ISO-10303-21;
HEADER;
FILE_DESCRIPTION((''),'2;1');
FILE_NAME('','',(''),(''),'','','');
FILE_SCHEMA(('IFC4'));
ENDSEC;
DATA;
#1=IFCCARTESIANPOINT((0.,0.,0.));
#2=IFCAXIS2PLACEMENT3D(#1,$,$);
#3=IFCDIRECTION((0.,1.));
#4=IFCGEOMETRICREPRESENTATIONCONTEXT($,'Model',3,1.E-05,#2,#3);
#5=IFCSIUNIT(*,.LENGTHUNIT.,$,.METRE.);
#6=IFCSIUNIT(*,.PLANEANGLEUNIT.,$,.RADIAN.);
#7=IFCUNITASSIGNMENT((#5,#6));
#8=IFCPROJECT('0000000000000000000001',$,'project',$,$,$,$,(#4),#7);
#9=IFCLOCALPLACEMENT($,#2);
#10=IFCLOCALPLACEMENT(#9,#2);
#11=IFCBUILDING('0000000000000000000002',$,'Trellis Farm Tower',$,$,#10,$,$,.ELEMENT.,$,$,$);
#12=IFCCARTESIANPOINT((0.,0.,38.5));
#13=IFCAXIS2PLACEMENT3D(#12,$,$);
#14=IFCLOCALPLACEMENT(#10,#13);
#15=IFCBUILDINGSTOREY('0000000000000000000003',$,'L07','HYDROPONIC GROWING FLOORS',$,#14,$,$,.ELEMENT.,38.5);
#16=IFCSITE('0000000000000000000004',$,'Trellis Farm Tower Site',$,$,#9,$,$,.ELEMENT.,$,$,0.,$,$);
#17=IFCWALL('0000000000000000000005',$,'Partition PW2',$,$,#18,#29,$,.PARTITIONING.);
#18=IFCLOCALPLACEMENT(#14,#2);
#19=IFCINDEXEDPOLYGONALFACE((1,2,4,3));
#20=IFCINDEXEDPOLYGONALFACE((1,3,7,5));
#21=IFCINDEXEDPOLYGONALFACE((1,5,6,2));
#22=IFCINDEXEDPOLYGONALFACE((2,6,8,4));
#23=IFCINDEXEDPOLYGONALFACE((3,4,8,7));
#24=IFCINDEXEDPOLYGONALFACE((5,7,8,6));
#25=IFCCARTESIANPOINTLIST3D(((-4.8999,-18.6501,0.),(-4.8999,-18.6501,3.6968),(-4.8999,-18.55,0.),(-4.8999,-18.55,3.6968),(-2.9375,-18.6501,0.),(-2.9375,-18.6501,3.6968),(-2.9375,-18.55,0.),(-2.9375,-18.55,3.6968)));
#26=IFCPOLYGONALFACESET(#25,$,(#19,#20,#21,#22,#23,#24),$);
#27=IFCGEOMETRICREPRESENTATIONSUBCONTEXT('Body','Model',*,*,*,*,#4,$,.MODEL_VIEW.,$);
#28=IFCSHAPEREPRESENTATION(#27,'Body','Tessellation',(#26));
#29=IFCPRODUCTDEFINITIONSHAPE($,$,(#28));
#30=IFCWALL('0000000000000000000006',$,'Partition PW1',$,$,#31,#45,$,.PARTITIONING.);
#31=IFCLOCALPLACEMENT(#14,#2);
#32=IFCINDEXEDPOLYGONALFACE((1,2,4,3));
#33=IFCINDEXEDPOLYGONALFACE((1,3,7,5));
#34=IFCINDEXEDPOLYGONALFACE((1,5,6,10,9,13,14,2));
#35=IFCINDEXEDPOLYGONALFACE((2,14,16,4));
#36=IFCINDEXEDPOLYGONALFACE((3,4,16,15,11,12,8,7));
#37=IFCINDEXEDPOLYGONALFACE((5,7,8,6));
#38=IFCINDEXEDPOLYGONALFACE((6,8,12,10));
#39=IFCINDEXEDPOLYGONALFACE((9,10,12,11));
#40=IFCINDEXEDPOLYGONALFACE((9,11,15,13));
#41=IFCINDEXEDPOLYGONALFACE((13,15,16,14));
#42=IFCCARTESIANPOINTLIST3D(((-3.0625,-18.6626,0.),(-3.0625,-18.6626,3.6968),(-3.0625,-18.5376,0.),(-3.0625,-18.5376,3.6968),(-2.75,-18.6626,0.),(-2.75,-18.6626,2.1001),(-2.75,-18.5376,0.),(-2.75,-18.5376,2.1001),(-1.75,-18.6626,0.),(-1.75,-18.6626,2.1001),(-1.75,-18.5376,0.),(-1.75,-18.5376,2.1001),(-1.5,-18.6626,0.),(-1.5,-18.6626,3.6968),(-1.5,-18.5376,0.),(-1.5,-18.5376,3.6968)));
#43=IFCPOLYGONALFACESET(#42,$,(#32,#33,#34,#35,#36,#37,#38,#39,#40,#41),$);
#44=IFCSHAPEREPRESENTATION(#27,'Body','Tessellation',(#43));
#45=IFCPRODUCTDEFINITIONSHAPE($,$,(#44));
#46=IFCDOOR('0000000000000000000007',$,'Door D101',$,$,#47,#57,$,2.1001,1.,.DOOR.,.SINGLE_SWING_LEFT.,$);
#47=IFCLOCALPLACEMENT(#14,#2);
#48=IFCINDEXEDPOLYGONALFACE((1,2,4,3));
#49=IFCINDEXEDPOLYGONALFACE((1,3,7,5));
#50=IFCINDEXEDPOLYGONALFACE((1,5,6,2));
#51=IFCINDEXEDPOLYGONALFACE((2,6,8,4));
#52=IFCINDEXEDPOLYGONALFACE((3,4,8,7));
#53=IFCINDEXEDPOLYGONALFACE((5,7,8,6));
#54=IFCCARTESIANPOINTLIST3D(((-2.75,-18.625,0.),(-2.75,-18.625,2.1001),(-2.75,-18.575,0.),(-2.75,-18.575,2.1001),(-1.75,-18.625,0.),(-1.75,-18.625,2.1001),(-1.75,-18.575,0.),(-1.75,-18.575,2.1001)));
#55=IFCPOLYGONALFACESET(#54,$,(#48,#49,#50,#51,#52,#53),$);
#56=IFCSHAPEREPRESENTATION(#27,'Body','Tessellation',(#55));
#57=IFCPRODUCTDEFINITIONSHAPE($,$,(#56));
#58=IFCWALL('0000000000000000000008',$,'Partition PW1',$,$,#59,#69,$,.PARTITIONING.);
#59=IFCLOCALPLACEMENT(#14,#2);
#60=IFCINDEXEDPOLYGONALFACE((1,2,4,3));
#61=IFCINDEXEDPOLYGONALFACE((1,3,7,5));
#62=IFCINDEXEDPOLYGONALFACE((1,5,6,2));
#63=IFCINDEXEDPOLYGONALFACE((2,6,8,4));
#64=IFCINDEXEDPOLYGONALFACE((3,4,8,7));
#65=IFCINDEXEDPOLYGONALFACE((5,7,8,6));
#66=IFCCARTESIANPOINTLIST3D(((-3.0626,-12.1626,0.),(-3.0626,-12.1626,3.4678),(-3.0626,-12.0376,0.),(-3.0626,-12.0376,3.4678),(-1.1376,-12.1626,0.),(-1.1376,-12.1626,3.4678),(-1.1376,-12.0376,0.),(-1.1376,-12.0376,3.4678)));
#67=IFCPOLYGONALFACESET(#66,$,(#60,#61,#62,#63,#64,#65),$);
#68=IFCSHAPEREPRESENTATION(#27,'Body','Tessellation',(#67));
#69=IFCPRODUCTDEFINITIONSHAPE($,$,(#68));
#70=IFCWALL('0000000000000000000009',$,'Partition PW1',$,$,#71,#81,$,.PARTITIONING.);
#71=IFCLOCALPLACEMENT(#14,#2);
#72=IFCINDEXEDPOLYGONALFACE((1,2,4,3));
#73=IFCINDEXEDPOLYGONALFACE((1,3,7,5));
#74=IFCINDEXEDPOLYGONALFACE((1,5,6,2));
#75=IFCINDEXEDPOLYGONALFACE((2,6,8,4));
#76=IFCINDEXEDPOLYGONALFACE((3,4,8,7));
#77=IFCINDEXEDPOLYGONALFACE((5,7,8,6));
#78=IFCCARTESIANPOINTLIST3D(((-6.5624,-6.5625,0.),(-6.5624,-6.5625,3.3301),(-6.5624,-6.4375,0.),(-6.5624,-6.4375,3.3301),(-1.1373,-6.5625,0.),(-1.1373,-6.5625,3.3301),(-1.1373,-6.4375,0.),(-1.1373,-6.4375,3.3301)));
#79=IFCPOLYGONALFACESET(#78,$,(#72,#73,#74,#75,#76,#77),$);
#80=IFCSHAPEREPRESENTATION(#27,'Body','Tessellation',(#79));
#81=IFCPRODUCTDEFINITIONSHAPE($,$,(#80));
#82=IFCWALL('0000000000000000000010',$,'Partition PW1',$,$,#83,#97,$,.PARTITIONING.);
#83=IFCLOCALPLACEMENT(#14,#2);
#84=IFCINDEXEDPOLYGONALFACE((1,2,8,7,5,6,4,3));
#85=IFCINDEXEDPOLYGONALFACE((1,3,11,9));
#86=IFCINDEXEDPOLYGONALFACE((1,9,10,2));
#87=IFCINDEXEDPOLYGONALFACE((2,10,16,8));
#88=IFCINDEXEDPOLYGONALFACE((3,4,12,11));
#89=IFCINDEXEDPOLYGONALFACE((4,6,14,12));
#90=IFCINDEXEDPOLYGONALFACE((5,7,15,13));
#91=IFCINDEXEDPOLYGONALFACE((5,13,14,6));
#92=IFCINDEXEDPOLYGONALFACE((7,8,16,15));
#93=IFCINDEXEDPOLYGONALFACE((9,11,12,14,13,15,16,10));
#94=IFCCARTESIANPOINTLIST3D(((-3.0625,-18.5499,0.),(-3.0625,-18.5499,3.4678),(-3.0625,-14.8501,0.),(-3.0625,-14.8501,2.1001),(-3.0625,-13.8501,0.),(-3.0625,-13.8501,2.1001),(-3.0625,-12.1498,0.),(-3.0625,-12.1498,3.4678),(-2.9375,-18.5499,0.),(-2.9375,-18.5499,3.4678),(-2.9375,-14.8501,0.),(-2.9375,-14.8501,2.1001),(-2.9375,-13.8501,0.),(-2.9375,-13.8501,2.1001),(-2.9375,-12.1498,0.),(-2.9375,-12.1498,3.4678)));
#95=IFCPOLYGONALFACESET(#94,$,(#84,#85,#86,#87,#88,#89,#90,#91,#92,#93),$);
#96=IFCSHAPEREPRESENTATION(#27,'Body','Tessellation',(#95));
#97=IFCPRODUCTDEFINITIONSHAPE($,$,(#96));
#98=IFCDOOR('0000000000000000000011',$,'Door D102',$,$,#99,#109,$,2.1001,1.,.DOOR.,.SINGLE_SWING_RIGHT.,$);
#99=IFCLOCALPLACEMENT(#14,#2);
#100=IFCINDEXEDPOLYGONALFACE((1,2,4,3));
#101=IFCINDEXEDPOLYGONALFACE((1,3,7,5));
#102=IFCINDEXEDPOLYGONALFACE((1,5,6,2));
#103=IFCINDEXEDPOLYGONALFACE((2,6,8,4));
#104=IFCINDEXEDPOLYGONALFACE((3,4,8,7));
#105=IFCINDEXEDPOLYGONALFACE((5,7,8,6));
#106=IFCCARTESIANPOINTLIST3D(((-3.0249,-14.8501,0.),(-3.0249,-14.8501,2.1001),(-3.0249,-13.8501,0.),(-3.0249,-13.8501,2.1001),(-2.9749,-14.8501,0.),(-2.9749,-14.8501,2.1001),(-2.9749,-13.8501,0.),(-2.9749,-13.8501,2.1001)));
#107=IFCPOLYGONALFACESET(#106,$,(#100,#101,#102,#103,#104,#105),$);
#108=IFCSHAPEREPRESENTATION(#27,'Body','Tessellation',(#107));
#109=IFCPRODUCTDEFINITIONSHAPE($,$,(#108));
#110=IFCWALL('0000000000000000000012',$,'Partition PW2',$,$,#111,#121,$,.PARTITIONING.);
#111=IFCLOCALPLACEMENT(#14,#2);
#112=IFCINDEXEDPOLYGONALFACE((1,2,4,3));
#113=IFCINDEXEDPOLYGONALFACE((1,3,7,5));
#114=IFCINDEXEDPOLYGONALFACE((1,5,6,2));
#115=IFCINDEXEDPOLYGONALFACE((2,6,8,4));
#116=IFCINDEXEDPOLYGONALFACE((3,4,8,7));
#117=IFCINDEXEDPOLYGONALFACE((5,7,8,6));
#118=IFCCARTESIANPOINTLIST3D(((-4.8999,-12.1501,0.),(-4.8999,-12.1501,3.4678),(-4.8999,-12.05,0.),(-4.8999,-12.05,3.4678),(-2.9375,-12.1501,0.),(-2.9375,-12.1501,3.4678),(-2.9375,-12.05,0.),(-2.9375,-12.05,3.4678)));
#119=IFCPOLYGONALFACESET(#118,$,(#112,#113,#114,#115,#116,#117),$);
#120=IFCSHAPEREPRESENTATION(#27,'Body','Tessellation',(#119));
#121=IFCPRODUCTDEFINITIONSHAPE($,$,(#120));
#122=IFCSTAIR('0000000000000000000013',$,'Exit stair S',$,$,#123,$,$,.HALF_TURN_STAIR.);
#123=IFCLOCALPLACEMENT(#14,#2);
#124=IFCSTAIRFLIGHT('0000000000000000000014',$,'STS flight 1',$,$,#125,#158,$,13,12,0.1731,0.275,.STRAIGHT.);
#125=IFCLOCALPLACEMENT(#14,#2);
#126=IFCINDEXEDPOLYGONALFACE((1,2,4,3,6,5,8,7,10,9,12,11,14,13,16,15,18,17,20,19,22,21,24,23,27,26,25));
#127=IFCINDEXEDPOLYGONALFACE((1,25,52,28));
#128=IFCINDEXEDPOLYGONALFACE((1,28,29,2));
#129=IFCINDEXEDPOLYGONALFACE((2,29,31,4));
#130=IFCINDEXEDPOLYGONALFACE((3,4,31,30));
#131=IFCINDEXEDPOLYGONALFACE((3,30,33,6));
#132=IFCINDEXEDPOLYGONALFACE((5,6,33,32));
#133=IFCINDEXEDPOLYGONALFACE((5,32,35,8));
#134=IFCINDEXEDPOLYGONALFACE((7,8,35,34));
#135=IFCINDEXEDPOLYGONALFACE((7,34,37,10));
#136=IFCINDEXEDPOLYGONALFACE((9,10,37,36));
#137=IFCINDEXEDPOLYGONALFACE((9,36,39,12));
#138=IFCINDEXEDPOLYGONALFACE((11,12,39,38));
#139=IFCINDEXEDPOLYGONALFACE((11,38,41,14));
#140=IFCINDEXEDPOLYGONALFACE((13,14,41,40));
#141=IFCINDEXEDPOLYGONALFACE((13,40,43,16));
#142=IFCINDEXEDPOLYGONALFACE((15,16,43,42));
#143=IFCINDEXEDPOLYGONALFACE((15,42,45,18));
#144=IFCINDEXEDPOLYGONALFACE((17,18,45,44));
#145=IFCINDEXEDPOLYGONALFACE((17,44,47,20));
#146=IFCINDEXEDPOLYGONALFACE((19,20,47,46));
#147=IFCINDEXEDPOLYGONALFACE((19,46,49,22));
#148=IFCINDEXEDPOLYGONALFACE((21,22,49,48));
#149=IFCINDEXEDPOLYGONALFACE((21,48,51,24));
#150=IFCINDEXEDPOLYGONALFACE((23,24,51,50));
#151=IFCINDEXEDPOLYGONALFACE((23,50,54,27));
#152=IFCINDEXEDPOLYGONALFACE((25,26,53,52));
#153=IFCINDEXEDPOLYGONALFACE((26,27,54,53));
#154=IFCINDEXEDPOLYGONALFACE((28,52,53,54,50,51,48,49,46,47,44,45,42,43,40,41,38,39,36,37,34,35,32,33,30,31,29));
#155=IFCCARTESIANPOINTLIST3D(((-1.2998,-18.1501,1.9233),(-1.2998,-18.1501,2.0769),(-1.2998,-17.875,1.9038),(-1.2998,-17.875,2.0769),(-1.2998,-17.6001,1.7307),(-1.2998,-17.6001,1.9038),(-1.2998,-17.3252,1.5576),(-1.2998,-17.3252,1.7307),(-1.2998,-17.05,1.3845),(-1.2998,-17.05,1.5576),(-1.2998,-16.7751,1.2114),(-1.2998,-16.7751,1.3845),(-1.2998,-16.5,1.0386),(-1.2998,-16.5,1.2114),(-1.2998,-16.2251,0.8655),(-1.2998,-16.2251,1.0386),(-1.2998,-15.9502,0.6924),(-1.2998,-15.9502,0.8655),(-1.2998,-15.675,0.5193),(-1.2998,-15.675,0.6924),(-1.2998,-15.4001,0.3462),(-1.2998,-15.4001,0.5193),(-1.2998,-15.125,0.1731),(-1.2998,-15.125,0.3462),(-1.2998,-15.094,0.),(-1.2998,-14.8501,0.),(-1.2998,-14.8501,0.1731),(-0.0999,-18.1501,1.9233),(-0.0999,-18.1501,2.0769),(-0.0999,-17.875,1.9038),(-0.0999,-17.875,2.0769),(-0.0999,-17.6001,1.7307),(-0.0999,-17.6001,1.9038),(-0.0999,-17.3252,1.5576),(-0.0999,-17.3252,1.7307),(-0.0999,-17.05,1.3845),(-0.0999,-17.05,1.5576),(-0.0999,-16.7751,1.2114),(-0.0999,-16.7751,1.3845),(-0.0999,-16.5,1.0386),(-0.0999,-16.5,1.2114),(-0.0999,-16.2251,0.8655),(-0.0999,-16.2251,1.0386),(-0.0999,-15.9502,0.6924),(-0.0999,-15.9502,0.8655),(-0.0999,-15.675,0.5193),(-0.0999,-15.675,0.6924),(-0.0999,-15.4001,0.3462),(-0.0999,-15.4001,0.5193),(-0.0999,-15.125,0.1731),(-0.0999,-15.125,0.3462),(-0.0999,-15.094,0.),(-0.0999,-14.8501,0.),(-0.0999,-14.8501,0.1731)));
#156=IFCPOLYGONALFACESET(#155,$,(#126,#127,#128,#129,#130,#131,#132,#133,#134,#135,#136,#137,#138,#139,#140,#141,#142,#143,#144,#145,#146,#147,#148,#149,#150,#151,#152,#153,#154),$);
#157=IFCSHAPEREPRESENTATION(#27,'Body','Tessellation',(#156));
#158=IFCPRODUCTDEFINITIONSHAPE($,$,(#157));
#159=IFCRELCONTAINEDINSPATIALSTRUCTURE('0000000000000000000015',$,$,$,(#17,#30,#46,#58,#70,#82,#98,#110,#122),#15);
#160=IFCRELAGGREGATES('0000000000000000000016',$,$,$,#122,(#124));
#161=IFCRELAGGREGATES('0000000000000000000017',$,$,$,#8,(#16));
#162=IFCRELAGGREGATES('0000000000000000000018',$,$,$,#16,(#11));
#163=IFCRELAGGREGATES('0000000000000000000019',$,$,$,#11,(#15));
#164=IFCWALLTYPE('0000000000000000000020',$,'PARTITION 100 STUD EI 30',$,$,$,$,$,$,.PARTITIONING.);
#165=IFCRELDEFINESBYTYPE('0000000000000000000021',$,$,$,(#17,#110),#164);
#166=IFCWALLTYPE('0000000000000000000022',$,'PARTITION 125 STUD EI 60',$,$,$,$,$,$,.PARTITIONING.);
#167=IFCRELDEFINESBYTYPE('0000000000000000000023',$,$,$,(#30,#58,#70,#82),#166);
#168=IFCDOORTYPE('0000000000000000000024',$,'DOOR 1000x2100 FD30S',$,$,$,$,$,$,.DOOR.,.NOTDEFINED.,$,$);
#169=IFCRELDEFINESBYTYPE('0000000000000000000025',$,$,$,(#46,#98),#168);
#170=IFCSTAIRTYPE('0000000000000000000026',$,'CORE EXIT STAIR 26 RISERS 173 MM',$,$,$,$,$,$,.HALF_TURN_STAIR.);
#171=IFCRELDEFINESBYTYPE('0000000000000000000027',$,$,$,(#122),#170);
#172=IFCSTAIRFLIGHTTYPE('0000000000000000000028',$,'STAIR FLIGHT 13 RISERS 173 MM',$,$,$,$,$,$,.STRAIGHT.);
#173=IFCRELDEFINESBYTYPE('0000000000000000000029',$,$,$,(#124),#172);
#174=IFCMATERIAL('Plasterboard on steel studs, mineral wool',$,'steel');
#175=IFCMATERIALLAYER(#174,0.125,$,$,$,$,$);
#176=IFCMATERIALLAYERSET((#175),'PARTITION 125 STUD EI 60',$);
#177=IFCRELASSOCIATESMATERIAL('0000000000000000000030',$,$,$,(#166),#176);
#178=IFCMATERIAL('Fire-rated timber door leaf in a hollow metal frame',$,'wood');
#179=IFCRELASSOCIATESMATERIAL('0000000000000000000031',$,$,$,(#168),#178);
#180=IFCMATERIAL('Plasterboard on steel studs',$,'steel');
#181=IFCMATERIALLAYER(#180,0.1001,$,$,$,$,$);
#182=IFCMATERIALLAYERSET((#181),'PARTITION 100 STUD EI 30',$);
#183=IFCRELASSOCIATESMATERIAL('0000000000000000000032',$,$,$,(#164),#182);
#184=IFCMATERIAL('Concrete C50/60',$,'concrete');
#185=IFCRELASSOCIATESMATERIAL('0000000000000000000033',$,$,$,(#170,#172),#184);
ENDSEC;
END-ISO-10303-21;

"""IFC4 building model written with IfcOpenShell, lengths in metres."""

from ifc_helpers import new_model, si_unit, direction, frame, frame_2d, origin, place, context, subcontext, project, spatial, polyline, rectangle, outline, extrude, source, transform, mapped, material, layer, layer_set, type_object, element, fill, aggregate, save


model = new_model("IFC4")

# Units and contexts
model_context = context("Model", 3, precision=1e-05, world=origin(), true_north=direction((0.0, 1.0)))
body_context = subcontext(model_context, "Body", "Model", "MODEL_VIEW")
ifc_project = project(units=[si_unit("LENGTHUNIT", "METRE"), si_unit("PLANEANGLEUNIT", "RADIAN")], contexts=[model_context])

# Site, building, storey
site_placement = place(None, origin())
site = spatial("IfcSite", under=ifc_project, at=site_placement, Name="Trellis Farm Tower Site", CompositionType="ELEMENT", RefElevation=0.0)
building_placement = place(site_placement, origin())
building = spatial("IfcBuilding", under=site, at=building_placement, Name="Trellis Farm Tower", CompositionType="ELEMENT")
storey_placement = place(building_placement, frame((0.0, 0.0, 38.5)))
storey = spatial("IfcBuildingStorey", under=building, at=storey_placement, Name="L07", Description="HYDROPONIC GROWING FLOORS", CompositionType="ELEMENT", Elevation=38.5)

# Shared definitions
placement = place(storey_placement, origin())

# Shared definitions
ifc_material_1 = material(Name="Plasterboard on steel studs, mineral wool", Category="steel")
ifc_layer_1 = layer(ifc_material_1, 0.125)
ifc_layer_set_1 = layer_set([ifc_layer_1], Name="PARTITION 125 STUD EI 60")
wall_type_1 = type_object("IfcWallType", Name="PARTITION 125 STUD EI 60", PredefinedType="PARTITIONING", material=ifc_layer_set_1)
shared_shape_1 = source(origin(), body_context, "Body", "SweptSolid", [
    extrude(rectangle(XDim=1.0, YDim=2.1001, at=frame_2d((0.5, 1.05))), frame((0.0, 0.0725, 0.0), z_axis=(0.0, -1.0, 0.0), x_axis=(1.0, 0.0, 0.0)), (0.0, 0.0, 1.0), 0.145),
])
ifc_material_2 = material(Name="Fire-rated timber door leaf in a hollow metal frame", Category="wood")
door_type = type_object("IfcDoorType", Name="DOOR 1000x2100 FD30S", OperationType="NOTDEFINED", PredefinedType="DOOR", material=ifc_material_2)
shared_shape_2 = source(origin(), body_context, "Body", "SweptSolid", [
    extrude(rectangle(XDim=1.0, YDim=2.1001, at=frame_2d((0.5, 1.05))), frame((0.0, 0.0249, 0.0), z_axis=(0.0, -1.0, 0.0), x_axis=(1.0, 0.0, 0.0)), (0.0, 0.0, 1.0), 0.05),
])

# Wall
ifc_material_3 = material(Name="Plasterboard on steel studs", Category="steel")
ifc_layer_2 = layer(ifc_material_3, 0.1001)
ifc_layer_set_2 = layer_set([ifc_layer_2], Name="PARTITION 100 STUD EI 30")
wall_type_2 = type_object("IfcWallType", Name="PARTITION 100 STUD EI 30", PredefinedType="PARTITIONING", material=ifc_layer_set_2)
shared_shape_3 = source(origin(), body_context, "Body", "SweptSolid", [
    extrude(rectangle(XDim=1.9624, YDim=0.1001, at=frame_2d((0.9812, 0.0))), origin(), (0.0, 0.0, 1.0), 3.6968),
])
wall_1_placement = place(storey_placement, frame((-4.8999, -18.6001, 0.0), z_axis=(0.0, 0.0, 1.0), x_axis=(1.0, 0.0, 0.0)))
element("IfcWall", 1, at=wall_1_placement, inside=storey, type_object=wall_type_2, Name="Partition PW2", PredefinedType="PARTITIONING", context=body_context, shape_type="MappedRepresentation", body=[
    mapped(shared_shape_3, transform((0.0, 0.0, 0.0))),
])

# Wall, opening, door
shared_shape_4 = source(origin(), body_context, "Body", "SweptSolid", [
    extrude(rectangle(XDim=1.5625, YDim=0.125, at=frame_2d((0.7812, 0.0))), origin(), (0.0, 0.0, 1.0), 3.6968),
])
wall_2_placement = place(storey_placement, frame((-1.5, -18.6001, 0.0), z_axis=(0.0, 0.0, 1.0), x_axis=(-1.0, 0.0, 0.0)))
wall_2 = element("IfcWall", 2, at=wall_2_placement, inside=storey, type_object=wall_type_1, Name="Partition PW1", PredefinedType="PARTITIONING", context=body_context, shape_type="MappedRepresentation", body=[
    mapped(shared_shape_4, transform((0.0, 0.0, 0.0))),
])
opening_1_placement = place(wall_2_placement, frame((0.25, 0.0, 0.0)))
opening_1 = element("IfcOpeningElement", 3, at=opening_1_placement, cuts=wall_2, PredefinedType="OPENING", context=body_context, shape_type="MappedRepresentation", body=[
    mapped(shared_shape_1, transform((0.0, 0.0, 0.0))),
])
door_1_placement = place(opening_1_placement, origin())
door_1 = element("IfcDoor", 4, at=door_1_placement, inside=storey, type_object=door_type, Name="Door D101", OperationType="SINGLE_SWING_LEFT", OverallHeight=2.1001, OverallWidth=1.0, PredefinedType="DOOR", context=body_context, shape_type="MappedRepresentation", body=[
    mapped(shared_shape_2, transform((0.0, 0.0, 0.0))),
])
fill(opening_1, door_1)

# Walls
shared_shape_5 = source(origin(), body_context, "Body", "SweptSolid", [
    extrude(rectangle(XDim=1.925, YDim=0.125, at=frame_2d((0.9624, 0.0))), origin(), (0.0, 0.0, 1.0), 3.4678),
])
wall_3_placement = place(storey_placement, frame((-3.0625, -12.1001, 0.0), z_axis=(0.0, 0.0, 1.0), x_axis=(1.0, 0.0, 0.0)))
element("IfcWall", 5, at=wall_3_placement, inside=storey, type_object=wall_type_1, Name="Partition PW1", PredefinedType="PARTITIONING", context=body_context, shape_type="MappedRepresentation", body=[
    mapped(shared_shape_5, transform((0.0, 0.0, 0.0))),
])
shared_shape_6 = source(origin(), body_context, "Body", "SweptSolid", [
    extrude(rectangle(XDim=5.425, YDim=0.125, at=frame_2d((2.7124, 0.0))), origin(), (0.0, 0.0, 1.0), 3.3301),
])
wall_4_placement = place(storey_placement, frame((-1.1375, -6.5, 0.0), z_axis=(0.0, 0.0, 1.0), x_axis=(-1.0, 0.0, 0.0)))
element("IfcWall", 6, at=wall_4_placement, inside=storey, type_object=wall_type_1, Name="Partition PW1", PredefinedType="PARTITIONING", context=body_context, shape_type="MappedRepresentation", body=[
    mapped(shared_shape_6, transform((0.0, 0.0, 0.0))),
])

# Wall, opening, door
shared_shape_7 = source(origin(), body_context, "Body", "SweptSolid", [
    extrude(rectangle(XDim=6.4001, YDim=0.125, at=frame_2d((3.2002, 0.0))), origin(), (0.0, 0.0, 1.0), 3.4678),
])
wall_5_placement = place(storey_placement, frame((-3.0, -18.55, 0.0), z_axis=(0.0, 0.0, 1.0), x_axis=(0.0, 1.0, 0.0)))
wall_5 = element("IfcWall", 7, at=wall_5_placement, inside=storey, type_object=wall_type_1, Name="Partition PW1", PredefinedType="PARTITIONING", context=body_context, shape_type="MappedRepresentation", body=[
    mapped(shared_shape_7, transform((0.0, 0.0, 0.0))),
])
opening_2_placement = place(wall_5_placement, frame((3.7, 0.0, 0.0)))
opening_2 = element("IfcOpeningElement", 8, at=opening_2_placement, cuts=wall_5, PredefinedType="OPENING", context=body_context, shape_type="MappedRepresentation", body=[
    mapped(shared_shape_1, transform((0.0, 0.0, 0.0))),
])
door_2_placement = place(opening_2_placement, origin())
door_2 = element("IfcDoor", 9, at=door_2_placement, inside=storey, type_object=door_type, Name="Door D102", OperationType="SINGLE_SWING_RIGHT", OverallHeight=2.1001, OverallWidth=1.0, PredefinedType="DOOR", context=body_context, shape_type="MappedRepresentation", body=[
    mapped(shared_shape_2, transform((0.0, 0.0, 0.0))),
])
fill(opening_2, door_2)

# Wall
shared_shape_8 = source(origin(), body_context, "Body", "SweptSolid", [
    extrude(rectangle(XDim=1.9624, YDim=0.1001, at=frame_2d((0.9812, 0.0))), origin(), (0.0, 0.0, 1.0), 3.4678),
])
wall_6_placement = place(storey_placement, frame((-4.8999, -12.1001, 0.0), z_axis=(0.0, 0.0, 1.0), x_axis=(1.0, 0.0, 0.0)))
element("IfcWall", 10, at=wall_6_placement, inside=storey, type_object=wall_type_2, Name="Partition PW2", PredefinedType="PARTITIONING", context=body_context, shape_type="MappedRepresentation", body=[
    mapped(shared_shape_8, transform((0.0, 0.0, 0.0))),
])

# Stair, stair flight
ifc_material_4 = material(Name="Concrete C50/60", Category="concrete")
stair_type = type_object("IfcStairType", Name="CORE EXIT STAIR 26 RISERS 173 MM", PredefinedType="HALF_TURN_STAIR", material=ifc_material_4)
stair = element("IfcStair", 11, at=placement, inside=storey, type_object=stair_type, Name="Exit stair S", PredefinedType="HALF_TURN_STAIR")
stair_flight_type = type_object("IfcStairFlightType", Name="STAIR FLIGHT 13 RISERS 173 MM", PredefinedType="STRAIGHT", material=ifc_material_4)
shared_shape_9 = source(origin(), body_context, "Body", "SweptSolid", [
    extrude(outline(polyline([(0.0, 0.0), (0.0, 0.1731), (0.2749, 0.1731), (0.2749, 0.3462), (0.55, 0.3462), (0.55, 0.5193), (0.825, 0.5193), (0.825, 0.6924), (1.1001, 0.6924), (1.1001, 0.8655), (1.375, 0.8655), (1.375, 1.0386), (1.6499, 1.0386), (1.6499, 1.2114), (1.925, 1.2114), (1.925, 1.3845), (2.2, 1.3845), (2.2, 1.5576), (2.4751, 1.5576), (2.4751, 1.7307), (2.75, 1.7307), (2.75, 1.9038), (3.0249, 1.9038), (3.0249, 2.0769), (3.3, 2.0769), (3.3, 2.25), (3.3, 1.9233), (0.2439, 0.0), (0.0, 0.0)])), frame((0.0, 0.6001, 0.0), z_axis=(0.0, -1.0, 0.0), x_axis=(1.0, 0.0, 0.0)), (0.0, 0.0, 1.0), 1.2),
])
stair_flight_placement = place(storey_placement, frame((-0.7, -14.8501, 0.0), z_axis=(0.0, 0.0, 1.0), x_axis=(0.0, -1.0, 0.0)))
stair_flight = element("IfcStairFlight", 12, at=stair_flight_placement, type_object=stair_flight_type, Name="STS flight 1", NumberOfRisers=13, NumberOfTreads=12, PredefinedType="STRAIGHT", RiserHeight=0.1731, TreadLength=0.275, context=body_context, shape_type="MappedRepresentation", body=[
    mapped(shared_shape_9, transform((0.0, 0.0, 0.0))),
])
aggregate(stair, [stair_flight])

save(model, "model.ifc")
